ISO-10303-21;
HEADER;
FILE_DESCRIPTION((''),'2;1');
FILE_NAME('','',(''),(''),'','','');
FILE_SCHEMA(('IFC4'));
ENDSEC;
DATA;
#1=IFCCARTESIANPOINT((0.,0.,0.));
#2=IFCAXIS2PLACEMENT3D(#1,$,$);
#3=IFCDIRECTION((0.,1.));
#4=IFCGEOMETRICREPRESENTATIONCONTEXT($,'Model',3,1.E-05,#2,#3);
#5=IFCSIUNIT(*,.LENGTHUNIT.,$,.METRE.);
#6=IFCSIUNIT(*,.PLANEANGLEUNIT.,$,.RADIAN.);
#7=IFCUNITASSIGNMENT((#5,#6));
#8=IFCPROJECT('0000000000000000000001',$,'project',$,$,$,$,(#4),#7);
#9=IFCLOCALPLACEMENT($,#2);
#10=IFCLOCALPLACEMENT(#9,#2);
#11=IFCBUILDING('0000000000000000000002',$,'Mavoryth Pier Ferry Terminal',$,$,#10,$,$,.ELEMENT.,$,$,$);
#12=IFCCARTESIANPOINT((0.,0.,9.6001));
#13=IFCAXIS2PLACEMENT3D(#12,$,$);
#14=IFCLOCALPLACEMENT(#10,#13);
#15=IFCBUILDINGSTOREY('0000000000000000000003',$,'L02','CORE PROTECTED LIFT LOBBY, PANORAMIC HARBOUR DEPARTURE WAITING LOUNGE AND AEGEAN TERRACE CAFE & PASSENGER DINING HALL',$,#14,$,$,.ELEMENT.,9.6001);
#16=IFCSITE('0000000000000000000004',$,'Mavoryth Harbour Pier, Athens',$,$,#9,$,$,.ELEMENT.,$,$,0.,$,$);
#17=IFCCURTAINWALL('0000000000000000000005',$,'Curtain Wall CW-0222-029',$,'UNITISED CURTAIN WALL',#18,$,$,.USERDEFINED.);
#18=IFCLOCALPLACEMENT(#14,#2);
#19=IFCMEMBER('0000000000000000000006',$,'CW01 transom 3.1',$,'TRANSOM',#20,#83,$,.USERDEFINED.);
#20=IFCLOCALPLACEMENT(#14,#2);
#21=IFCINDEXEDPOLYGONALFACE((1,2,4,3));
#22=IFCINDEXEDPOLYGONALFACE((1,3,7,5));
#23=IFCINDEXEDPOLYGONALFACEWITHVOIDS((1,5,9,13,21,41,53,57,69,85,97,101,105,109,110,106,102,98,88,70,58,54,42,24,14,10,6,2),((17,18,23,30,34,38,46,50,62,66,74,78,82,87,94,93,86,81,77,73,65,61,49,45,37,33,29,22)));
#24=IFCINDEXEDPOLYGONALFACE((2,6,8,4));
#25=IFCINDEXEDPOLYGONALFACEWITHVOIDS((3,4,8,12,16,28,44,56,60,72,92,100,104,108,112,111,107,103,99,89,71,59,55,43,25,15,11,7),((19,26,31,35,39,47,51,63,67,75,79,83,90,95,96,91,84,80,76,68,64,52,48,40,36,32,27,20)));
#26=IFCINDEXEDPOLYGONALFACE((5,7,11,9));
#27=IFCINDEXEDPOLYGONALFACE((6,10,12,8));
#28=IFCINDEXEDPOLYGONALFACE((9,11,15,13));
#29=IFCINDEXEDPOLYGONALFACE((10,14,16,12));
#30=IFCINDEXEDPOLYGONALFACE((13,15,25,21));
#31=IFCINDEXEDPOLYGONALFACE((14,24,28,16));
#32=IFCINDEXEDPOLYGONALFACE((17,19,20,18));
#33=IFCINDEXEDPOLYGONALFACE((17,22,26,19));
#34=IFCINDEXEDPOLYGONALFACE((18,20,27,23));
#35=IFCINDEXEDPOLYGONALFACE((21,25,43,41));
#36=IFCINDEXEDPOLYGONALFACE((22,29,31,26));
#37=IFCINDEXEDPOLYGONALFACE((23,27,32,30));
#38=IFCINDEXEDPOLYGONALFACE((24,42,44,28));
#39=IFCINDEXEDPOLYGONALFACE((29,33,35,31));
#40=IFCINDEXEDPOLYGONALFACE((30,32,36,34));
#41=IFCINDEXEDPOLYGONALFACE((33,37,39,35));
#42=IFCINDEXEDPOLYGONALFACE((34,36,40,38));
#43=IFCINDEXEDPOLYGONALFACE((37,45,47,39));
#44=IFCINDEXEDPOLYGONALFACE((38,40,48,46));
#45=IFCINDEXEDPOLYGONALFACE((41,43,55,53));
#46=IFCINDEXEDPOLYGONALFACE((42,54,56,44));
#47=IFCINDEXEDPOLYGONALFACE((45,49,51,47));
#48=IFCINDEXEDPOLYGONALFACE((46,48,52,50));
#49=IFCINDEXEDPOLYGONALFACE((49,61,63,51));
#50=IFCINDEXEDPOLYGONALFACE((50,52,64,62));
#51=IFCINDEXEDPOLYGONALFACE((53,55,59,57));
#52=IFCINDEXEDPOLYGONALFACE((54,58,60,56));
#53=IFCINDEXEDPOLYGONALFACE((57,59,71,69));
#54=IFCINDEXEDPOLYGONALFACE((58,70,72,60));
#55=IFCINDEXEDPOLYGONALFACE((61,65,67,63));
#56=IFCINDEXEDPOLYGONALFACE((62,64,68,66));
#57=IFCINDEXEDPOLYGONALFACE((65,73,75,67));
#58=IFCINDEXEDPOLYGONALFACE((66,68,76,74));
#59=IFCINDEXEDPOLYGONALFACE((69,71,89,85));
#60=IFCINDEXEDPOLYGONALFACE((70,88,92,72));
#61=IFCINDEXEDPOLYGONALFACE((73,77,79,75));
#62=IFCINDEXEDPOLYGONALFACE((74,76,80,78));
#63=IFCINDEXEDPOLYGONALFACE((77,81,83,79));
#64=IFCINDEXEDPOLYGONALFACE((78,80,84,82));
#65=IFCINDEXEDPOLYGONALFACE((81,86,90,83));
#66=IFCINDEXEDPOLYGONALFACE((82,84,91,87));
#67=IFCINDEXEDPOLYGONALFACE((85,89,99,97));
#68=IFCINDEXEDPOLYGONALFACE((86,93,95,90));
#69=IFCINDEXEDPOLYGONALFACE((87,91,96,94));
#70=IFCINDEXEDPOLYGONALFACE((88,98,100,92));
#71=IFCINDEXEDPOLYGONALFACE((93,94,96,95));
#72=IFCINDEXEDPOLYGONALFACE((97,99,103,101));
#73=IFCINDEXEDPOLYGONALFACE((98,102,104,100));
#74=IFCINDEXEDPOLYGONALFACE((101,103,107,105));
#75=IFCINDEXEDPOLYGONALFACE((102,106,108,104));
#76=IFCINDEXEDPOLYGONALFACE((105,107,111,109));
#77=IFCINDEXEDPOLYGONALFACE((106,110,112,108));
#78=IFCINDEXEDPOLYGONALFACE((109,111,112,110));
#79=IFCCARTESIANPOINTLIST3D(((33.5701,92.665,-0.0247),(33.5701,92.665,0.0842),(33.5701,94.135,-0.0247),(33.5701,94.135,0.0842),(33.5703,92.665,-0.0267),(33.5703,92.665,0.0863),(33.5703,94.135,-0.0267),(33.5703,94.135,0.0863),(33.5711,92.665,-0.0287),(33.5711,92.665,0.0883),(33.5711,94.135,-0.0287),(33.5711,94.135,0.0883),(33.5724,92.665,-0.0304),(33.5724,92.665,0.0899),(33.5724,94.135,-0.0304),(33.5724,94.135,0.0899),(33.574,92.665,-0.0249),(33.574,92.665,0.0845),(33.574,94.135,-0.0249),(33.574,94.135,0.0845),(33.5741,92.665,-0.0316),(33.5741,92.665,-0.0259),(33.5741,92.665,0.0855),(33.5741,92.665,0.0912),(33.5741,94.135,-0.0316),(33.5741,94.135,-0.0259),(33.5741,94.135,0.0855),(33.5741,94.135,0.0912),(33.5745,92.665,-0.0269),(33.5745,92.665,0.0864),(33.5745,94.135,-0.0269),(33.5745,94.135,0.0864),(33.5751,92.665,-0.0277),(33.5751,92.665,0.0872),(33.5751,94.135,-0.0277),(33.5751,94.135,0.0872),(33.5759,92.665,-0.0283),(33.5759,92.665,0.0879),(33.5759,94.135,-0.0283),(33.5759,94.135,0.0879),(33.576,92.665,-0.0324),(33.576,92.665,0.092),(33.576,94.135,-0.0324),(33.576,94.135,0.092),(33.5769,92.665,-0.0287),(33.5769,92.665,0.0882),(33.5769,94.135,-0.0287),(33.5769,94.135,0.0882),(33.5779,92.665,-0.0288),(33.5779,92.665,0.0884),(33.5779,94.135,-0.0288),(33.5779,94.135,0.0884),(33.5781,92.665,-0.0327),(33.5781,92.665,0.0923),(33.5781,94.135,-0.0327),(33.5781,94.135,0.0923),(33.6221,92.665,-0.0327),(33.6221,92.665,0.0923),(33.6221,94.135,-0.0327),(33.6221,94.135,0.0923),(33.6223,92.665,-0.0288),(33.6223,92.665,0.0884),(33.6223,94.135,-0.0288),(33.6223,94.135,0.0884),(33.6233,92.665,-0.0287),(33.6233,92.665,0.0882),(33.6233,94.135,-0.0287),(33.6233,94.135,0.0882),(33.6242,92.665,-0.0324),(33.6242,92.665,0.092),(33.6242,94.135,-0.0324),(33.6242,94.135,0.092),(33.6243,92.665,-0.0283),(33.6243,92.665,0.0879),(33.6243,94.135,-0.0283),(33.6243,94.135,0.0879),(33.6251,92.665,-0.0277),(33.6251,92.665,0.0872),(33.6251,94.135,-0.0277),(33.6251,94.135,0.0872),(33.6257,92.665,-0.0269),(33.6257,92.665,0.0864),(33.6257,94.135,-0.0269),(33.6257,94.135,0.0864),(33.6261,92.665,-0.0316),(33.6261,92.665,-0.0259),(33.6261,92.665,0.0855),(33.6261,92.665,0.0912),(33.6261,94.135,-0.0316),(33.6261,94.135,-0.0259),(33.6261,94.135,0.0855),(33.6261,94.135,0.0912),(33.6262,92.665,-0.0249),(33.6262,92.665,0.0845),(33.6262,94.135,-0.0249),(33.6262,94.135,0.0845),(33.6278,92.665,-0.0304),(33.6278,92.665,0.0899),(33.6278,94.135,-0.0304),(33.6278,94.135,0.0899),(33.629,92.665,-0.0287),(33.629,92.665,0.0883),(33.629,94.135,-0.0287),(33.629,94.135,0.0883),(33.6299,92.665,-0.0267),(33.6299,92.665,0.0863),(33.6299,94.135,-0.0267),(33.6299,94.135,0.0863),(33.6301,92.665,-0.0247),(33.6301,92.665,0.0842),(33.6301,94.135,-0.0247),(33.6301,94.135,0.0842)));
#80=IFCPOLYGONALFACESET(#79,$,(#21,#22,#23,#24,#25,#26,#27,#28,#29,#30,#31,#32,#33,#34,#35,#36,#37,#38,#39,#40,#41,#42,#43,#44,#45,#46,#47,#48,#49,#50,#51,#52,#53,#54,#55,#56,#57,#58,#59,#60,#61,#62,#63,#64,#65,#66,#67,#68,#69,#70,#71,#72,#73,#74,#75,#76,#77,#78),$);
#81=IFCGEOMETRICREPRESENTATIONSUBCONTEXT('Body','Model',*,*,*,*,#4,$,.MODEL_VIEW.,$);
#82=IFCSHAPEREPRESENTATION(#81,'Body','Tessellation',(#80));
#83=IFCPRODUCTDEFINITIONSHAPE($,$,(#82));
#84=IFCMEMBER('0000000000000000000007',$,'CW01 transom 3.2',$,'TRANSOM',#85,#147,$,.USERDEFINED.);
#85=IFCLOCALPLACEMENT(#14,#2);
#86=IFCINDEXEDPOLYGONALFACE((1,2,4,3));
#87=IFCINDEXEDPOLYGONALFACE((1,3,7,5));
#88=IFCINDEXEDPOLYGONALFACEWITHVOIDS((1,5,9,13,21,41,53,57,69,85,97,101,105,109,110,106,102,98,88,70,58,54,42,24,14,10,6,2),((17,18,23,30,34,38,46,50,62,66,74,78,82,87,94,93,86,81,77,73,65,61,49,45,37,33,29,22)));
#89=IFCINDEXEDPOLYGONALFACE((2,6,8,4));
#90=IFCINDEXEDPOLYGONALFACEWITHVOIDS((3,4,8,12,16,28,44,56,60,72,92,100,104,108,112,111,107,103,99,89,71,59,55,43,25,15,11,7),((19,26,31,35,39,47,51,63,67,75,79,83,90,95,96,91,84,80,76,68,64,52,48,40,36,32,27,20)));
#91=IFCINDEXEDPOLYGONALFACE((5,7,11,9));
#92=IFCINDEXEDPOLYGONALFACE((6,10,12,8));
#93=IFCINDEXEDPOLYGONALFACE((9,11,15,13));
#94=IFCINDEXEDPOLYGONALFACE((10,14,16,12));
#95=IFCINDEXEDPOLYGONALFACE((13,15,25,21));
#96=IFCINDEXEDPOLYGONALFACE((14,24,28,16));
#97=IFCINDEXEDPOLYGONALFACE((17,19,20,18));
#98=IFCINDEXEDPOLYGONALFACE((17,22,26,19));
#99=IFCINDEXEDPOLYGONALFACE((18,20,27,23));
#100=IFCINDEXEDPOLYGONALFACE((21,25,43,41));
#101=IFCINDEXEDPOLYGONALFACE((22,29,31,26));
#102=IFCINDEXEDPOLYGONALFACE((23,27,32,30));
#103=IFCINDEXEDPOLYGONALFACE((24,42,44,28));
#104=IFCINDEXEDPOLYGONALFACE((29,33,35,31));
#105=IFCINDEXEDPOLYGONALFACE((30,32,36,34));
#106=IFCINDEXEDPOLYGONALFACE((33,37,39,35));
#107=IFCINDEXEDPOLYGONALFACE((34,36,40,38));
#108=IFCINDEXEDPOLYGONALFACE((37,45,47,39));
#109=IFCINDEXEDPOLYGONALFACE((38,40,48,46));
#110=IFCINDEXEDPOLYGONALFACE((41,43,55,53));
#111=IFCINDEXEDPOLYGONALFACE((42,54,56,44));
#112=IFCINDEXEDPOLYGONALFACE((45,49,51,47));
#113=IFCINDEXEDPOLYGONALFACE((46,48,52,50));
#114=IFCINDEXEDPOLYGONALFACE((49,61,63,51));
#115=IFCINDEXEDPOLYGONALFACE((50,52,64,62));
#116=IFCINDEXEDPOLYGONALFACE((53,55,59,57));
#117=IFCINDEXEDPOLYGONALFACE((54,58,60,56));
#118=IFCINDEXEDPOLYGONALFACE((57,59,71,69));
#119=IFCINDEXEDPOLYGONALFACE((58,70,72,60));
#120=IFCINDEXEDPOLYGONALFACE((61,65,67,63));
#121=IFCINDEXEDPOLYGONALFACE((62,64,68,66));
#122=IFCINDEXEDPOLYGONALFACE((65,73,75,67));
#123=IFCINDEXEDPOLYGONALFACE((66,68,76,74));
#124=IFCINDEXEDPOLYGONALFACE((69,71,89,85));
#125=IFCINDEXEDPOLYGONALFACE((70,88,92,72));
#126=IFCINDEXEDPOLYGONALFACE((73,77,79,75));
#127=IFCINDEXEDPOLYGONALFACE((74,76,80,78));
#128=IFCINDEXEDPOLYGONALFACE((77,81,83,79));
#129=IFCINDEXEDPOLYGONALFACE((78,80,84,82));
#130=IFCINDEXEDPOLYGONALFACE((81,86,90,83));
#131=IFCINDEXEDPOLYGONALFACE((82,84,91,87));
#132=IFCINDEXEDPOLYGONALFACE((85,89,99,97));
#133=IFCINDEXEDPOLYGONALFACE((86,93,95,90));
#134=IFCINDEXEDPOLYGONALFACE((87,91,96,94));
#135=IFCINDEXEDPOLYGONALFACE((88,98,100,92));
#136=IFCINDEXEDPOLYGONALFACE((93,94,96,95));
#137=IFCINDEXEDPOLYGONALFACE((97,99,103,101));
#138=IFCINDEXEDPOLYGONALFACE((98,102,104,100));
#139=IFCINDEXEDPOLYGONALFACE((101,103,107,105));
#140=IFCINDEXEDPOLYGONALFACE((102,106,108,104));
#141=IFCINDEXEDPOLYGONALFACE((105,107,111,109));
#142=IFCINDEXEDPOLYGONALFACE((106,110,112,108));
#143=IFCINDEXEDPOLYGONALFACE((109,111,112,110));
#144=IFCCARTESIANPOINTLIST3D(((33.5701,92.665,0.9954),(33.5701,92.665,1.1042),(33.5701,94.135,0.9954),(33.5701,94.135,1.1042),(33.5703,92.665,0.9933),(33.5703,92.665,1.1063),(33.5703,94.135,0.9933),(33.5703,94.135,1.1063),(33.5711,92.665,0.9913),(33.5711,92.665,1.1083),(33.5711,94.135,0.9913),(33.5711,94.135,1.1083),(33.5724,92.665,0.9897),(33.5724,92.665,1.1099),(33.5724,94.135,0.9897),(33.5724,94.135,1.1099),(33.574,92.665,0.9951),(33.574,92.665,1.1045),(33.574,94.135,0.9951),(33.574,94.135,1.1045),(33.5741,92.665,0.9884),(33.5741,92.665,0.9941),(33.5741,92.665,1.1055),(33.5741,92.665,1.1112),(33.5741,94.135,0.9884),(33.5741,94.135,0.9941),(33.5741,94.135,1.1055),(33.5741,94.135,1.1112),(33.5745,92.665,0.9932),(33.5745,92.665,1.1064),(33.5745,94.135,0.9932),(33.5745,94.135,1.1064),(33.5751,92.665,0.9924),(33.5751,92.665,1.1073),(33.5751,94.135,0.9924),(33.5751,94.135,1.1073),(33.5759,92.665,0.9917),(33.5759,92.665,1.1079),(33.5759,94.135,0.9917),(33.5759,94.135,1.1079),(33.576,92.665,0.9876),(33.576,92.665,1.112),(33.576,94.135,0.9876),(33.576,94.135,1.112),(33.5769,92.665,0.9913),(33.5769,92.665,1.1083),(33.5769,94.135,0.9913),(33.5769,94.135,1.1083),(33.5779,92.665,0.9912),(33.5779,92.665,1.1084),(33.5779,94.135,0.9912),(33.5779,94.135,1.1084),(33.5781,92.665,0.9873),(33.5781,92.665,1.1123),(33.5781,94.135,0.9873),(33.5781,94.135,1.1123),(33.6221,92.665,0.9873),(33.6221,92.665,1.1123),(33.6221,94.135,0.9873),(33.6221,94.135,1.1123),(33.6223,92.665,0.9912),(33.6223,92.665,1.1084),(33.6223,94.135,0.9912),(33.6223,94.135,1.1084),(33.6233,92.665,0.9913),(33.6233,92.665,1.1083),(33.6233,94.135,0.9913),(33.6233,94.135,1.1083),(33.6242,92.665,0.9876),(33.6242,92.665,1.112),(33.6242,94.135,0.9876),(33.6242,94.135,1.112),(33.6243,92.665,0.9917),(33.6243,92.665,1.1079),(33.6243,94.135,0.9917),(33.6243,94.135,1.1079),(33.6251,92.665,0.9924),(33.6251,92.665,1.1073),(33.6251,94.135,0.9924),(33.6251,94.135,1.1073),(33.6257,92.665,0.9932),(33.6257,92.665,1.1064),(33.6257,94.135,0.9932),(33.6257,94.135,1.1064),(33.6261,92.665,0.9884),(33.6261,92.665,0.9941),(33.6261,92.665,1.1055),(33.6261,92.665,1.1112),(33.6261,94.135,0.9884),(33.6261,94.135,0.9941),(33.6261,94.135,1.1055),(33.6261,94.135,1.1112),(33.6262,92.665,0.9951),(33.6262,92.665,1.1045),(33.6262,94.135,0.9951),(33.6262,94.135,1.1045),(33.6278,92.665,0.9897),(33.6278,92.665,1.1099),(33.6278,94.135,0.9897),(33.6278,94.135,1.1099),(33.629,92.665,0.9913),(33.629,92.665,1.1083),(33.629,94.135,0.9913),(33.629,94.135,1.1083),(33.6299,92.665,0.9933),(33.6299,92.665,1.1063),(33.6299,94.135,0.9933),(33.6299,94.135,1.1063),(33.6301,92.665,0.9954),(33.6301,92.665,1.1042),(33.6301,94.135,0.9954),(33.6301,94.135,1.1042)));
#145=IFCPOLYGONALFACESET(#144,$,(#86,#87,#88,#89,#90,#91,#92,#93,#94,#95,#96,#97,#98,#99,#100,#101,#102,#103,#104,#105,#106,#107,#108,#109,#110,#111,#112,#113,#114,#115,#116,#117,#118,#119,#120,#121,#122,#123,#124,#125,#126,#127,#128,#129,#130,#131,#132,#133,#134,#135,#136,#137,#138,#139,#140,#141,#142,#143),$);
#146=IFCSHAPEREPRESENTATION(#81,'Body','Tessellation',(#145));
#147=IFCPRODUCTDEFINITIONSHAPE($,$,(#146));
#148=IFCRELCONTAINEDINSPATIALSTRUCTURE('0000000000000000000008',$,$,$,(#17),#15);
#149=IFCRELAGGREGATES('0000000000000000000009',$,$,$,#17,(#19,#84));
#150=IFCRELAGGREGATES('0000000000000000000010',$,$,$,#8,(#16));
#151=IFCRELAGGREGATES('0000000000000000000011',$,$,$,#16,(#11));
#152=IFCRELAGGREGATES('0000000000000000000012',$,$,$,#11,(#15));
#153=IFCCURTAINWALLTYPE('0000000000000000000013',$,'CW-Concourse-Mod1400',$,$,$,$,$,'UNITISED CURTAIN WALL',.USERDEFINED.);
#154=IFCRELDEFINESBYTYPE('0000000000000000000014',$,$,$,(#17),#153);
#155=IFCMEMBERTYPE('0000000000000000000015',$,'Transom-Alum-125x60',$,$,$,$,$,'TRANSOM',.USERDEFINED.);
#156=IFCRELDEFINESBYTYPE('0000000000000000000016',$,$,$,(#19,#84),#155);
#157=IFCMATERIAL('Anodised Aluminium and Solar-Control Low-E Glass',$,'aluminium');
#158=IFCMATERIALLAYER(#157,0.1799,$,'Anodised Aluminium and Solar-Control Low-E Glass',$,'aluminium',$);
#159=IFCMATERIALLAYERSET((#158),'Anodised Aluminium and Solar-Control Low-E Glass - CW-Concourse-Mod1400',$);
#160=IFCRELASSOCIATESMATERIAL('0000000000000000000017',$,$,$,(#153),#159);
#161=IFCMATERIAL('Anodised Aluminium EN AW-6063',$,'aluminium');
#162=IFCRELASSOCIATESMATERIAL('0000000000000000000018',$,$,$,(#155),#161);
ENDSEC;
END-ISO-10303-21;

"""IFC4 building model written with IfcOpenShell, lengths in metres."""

from ifc_helpers import new_model, si_unit, direction, frame, origin, origin_2d, place, context, subcontext, project, spatial, hollow_rectangle, extrude, material, layer, layer_set, material_profile, profile_set, type_object, element, aggregate, save


model = new_model("IFC4")

# Units and contexts
model_context = context("Model", 3, precision=1e-05, world=origin(), true_north=direction((0.0, 1.0)))
body_context = subcontext(model_context, "Body", "Model", "MODEL_VIEW")
ifc_project = project(units=[si_unit("LENGTHUNIT", "METRE"), si_unit("PLANEANGLEUNIT", "RADIAN")], contexts=[model_context])

# Site, building, storey
site_placement = place(None, origin())
site = spatial("IfcSite", under=ifc_project, at=site_placement, Name="Mavoryth Harbour Pier, Athens", CompositionType="ELEMENT", RefElevation=0.0)
building_placement = place(site_placement, origin())
building = spatial("IfcBuilding", under=site, at=building_placement, Name="Mavoryth Pier Ferry Terminal", CompositionType="ELEMENT")
storey_placement = place(building_placement, frame((0.0, 0.0, 9.6001)))
storey = spatial("IfcBuildingStorey", under=building, at=storey_placement, Name="L02", Description="CORE PROTECTED LIFT LOBBY, PANORAMIC HARBOUR DEPARTURE WAITING LOUNGE AND AEGEAN TERRACE CAFE & PASSENGER DINING HALL", CompositionType="ELEMENT", Elevation=9.6001)

# Curtain wall
ifc_material_1 = material(Name="Anodised Aluminium and Solar-Control Low-E Glass", Category="aluminium")
ifc_layer_1 = layer(ifc_material_1, 0.1799, Name="Anodised Aluminium and Solar-Control Low-E Glass", Category="aluminium")
ifc_layer_set_1 = layer_set([ifc_layer_1], Name="Anodised Aluminium and Solar-Control Low-E Glass - CW-Concourse-Mod1400")
curtain_wall_type = type_object("IfcCurtainWallType", Name="CW-Concourse-Mod1400", ElementType="UNITISED CURTAIN WALL", PredefinedType="USERDEFINED", material=ifc_layer_set_1)
curtain_wall_placement = place(storey_placement, origin())
curtain_wall = element("IfcCurtainWall", 1, at=curtain_wall_placement, inside=storey, type_object=curtain_wall_type, Name="Curtain Wall CW-0222-029", ObjectType="UNITISED CURTAIN WALL", PredefinedType="USERDEFINED")
ifc_material_2 = material(Name="Anodised Aluminium EN AW-6063", Category="aluminium")

# Members
ifc_material_profile_1 = material_profile(ifc_material_2, hollow_rectangle(XDim=0.0601, YDim=0.125, WallThickness=0.0039, InnerFilletRadius=0.0039, OuterFilletRadius=0.0081, at=origin_2d()), Name="AL-TRAN 125x60x4", Category="aluminium")
ifc_profile_set_1 = profile_set([ifc_material_profile_1], Name="Anodised Aluminium EN AW-6063 - AL-TRAN 125x60x4")
member_type_1 = type_object("IfcMemberType", Name="Transom-Alum-125x60", ElementType="TRANSOM", PredefinedType="USERDEFINED", material=ifc_profile_set_1)
member_1_placement = place(storey_placement, frame((33.6001, 92.665, 0.0298), z_axis=(0.0, 1.0, 0.0), x_axis=(-1.0, 0.0, 0.0)))
member_1 = element("IfcMember", 2, at=member_1_placement, type_object=member_type_1, Name="CW01 transom 3.1", ObjectType="TRANSOM", PredefinedType="USERDEFINED", context=body_context, shape_type="SweptSolid", body=[
    extrude(hollow_rectangle(XDim=0.0601, YDim=0.125, WallThickness=0.0039, InnerFilletRadius=0.0039, OuterFilletRadius=0.0081, at=origin_2d()), origin(), (0.0, 0.0, 1.0), 1.47),
])
member_2_placement = place(storey_placement, frame((33.6001, 92.665, 1.0498), z_axis=(0.0, 1.0, 0.0), x_axis=(-1.0, 0.0, 0.0)))
member_2 = element("IfcMember", 3, at=member_2_placement, type_object=member_type_1, Name="CW01 transom 3.2", ObjectType="TRANSOM", PredefinedType="USERDEFINED", context=body_context, shape_type="SweptSolid", body=[
    extrude(hollow_rectangle(XDim=0.0601, YDim=0.125, WallThickness=0.0039, InnerFilletRadius=0.0039, OuterFilletRadius=0.0081, at=origin_2d()), origin(), (0.0, 0.0, 1.0), 1.47),
])

aggregate(curtain_wall, [member_1, member_2])

save(model, "model.ifc")
